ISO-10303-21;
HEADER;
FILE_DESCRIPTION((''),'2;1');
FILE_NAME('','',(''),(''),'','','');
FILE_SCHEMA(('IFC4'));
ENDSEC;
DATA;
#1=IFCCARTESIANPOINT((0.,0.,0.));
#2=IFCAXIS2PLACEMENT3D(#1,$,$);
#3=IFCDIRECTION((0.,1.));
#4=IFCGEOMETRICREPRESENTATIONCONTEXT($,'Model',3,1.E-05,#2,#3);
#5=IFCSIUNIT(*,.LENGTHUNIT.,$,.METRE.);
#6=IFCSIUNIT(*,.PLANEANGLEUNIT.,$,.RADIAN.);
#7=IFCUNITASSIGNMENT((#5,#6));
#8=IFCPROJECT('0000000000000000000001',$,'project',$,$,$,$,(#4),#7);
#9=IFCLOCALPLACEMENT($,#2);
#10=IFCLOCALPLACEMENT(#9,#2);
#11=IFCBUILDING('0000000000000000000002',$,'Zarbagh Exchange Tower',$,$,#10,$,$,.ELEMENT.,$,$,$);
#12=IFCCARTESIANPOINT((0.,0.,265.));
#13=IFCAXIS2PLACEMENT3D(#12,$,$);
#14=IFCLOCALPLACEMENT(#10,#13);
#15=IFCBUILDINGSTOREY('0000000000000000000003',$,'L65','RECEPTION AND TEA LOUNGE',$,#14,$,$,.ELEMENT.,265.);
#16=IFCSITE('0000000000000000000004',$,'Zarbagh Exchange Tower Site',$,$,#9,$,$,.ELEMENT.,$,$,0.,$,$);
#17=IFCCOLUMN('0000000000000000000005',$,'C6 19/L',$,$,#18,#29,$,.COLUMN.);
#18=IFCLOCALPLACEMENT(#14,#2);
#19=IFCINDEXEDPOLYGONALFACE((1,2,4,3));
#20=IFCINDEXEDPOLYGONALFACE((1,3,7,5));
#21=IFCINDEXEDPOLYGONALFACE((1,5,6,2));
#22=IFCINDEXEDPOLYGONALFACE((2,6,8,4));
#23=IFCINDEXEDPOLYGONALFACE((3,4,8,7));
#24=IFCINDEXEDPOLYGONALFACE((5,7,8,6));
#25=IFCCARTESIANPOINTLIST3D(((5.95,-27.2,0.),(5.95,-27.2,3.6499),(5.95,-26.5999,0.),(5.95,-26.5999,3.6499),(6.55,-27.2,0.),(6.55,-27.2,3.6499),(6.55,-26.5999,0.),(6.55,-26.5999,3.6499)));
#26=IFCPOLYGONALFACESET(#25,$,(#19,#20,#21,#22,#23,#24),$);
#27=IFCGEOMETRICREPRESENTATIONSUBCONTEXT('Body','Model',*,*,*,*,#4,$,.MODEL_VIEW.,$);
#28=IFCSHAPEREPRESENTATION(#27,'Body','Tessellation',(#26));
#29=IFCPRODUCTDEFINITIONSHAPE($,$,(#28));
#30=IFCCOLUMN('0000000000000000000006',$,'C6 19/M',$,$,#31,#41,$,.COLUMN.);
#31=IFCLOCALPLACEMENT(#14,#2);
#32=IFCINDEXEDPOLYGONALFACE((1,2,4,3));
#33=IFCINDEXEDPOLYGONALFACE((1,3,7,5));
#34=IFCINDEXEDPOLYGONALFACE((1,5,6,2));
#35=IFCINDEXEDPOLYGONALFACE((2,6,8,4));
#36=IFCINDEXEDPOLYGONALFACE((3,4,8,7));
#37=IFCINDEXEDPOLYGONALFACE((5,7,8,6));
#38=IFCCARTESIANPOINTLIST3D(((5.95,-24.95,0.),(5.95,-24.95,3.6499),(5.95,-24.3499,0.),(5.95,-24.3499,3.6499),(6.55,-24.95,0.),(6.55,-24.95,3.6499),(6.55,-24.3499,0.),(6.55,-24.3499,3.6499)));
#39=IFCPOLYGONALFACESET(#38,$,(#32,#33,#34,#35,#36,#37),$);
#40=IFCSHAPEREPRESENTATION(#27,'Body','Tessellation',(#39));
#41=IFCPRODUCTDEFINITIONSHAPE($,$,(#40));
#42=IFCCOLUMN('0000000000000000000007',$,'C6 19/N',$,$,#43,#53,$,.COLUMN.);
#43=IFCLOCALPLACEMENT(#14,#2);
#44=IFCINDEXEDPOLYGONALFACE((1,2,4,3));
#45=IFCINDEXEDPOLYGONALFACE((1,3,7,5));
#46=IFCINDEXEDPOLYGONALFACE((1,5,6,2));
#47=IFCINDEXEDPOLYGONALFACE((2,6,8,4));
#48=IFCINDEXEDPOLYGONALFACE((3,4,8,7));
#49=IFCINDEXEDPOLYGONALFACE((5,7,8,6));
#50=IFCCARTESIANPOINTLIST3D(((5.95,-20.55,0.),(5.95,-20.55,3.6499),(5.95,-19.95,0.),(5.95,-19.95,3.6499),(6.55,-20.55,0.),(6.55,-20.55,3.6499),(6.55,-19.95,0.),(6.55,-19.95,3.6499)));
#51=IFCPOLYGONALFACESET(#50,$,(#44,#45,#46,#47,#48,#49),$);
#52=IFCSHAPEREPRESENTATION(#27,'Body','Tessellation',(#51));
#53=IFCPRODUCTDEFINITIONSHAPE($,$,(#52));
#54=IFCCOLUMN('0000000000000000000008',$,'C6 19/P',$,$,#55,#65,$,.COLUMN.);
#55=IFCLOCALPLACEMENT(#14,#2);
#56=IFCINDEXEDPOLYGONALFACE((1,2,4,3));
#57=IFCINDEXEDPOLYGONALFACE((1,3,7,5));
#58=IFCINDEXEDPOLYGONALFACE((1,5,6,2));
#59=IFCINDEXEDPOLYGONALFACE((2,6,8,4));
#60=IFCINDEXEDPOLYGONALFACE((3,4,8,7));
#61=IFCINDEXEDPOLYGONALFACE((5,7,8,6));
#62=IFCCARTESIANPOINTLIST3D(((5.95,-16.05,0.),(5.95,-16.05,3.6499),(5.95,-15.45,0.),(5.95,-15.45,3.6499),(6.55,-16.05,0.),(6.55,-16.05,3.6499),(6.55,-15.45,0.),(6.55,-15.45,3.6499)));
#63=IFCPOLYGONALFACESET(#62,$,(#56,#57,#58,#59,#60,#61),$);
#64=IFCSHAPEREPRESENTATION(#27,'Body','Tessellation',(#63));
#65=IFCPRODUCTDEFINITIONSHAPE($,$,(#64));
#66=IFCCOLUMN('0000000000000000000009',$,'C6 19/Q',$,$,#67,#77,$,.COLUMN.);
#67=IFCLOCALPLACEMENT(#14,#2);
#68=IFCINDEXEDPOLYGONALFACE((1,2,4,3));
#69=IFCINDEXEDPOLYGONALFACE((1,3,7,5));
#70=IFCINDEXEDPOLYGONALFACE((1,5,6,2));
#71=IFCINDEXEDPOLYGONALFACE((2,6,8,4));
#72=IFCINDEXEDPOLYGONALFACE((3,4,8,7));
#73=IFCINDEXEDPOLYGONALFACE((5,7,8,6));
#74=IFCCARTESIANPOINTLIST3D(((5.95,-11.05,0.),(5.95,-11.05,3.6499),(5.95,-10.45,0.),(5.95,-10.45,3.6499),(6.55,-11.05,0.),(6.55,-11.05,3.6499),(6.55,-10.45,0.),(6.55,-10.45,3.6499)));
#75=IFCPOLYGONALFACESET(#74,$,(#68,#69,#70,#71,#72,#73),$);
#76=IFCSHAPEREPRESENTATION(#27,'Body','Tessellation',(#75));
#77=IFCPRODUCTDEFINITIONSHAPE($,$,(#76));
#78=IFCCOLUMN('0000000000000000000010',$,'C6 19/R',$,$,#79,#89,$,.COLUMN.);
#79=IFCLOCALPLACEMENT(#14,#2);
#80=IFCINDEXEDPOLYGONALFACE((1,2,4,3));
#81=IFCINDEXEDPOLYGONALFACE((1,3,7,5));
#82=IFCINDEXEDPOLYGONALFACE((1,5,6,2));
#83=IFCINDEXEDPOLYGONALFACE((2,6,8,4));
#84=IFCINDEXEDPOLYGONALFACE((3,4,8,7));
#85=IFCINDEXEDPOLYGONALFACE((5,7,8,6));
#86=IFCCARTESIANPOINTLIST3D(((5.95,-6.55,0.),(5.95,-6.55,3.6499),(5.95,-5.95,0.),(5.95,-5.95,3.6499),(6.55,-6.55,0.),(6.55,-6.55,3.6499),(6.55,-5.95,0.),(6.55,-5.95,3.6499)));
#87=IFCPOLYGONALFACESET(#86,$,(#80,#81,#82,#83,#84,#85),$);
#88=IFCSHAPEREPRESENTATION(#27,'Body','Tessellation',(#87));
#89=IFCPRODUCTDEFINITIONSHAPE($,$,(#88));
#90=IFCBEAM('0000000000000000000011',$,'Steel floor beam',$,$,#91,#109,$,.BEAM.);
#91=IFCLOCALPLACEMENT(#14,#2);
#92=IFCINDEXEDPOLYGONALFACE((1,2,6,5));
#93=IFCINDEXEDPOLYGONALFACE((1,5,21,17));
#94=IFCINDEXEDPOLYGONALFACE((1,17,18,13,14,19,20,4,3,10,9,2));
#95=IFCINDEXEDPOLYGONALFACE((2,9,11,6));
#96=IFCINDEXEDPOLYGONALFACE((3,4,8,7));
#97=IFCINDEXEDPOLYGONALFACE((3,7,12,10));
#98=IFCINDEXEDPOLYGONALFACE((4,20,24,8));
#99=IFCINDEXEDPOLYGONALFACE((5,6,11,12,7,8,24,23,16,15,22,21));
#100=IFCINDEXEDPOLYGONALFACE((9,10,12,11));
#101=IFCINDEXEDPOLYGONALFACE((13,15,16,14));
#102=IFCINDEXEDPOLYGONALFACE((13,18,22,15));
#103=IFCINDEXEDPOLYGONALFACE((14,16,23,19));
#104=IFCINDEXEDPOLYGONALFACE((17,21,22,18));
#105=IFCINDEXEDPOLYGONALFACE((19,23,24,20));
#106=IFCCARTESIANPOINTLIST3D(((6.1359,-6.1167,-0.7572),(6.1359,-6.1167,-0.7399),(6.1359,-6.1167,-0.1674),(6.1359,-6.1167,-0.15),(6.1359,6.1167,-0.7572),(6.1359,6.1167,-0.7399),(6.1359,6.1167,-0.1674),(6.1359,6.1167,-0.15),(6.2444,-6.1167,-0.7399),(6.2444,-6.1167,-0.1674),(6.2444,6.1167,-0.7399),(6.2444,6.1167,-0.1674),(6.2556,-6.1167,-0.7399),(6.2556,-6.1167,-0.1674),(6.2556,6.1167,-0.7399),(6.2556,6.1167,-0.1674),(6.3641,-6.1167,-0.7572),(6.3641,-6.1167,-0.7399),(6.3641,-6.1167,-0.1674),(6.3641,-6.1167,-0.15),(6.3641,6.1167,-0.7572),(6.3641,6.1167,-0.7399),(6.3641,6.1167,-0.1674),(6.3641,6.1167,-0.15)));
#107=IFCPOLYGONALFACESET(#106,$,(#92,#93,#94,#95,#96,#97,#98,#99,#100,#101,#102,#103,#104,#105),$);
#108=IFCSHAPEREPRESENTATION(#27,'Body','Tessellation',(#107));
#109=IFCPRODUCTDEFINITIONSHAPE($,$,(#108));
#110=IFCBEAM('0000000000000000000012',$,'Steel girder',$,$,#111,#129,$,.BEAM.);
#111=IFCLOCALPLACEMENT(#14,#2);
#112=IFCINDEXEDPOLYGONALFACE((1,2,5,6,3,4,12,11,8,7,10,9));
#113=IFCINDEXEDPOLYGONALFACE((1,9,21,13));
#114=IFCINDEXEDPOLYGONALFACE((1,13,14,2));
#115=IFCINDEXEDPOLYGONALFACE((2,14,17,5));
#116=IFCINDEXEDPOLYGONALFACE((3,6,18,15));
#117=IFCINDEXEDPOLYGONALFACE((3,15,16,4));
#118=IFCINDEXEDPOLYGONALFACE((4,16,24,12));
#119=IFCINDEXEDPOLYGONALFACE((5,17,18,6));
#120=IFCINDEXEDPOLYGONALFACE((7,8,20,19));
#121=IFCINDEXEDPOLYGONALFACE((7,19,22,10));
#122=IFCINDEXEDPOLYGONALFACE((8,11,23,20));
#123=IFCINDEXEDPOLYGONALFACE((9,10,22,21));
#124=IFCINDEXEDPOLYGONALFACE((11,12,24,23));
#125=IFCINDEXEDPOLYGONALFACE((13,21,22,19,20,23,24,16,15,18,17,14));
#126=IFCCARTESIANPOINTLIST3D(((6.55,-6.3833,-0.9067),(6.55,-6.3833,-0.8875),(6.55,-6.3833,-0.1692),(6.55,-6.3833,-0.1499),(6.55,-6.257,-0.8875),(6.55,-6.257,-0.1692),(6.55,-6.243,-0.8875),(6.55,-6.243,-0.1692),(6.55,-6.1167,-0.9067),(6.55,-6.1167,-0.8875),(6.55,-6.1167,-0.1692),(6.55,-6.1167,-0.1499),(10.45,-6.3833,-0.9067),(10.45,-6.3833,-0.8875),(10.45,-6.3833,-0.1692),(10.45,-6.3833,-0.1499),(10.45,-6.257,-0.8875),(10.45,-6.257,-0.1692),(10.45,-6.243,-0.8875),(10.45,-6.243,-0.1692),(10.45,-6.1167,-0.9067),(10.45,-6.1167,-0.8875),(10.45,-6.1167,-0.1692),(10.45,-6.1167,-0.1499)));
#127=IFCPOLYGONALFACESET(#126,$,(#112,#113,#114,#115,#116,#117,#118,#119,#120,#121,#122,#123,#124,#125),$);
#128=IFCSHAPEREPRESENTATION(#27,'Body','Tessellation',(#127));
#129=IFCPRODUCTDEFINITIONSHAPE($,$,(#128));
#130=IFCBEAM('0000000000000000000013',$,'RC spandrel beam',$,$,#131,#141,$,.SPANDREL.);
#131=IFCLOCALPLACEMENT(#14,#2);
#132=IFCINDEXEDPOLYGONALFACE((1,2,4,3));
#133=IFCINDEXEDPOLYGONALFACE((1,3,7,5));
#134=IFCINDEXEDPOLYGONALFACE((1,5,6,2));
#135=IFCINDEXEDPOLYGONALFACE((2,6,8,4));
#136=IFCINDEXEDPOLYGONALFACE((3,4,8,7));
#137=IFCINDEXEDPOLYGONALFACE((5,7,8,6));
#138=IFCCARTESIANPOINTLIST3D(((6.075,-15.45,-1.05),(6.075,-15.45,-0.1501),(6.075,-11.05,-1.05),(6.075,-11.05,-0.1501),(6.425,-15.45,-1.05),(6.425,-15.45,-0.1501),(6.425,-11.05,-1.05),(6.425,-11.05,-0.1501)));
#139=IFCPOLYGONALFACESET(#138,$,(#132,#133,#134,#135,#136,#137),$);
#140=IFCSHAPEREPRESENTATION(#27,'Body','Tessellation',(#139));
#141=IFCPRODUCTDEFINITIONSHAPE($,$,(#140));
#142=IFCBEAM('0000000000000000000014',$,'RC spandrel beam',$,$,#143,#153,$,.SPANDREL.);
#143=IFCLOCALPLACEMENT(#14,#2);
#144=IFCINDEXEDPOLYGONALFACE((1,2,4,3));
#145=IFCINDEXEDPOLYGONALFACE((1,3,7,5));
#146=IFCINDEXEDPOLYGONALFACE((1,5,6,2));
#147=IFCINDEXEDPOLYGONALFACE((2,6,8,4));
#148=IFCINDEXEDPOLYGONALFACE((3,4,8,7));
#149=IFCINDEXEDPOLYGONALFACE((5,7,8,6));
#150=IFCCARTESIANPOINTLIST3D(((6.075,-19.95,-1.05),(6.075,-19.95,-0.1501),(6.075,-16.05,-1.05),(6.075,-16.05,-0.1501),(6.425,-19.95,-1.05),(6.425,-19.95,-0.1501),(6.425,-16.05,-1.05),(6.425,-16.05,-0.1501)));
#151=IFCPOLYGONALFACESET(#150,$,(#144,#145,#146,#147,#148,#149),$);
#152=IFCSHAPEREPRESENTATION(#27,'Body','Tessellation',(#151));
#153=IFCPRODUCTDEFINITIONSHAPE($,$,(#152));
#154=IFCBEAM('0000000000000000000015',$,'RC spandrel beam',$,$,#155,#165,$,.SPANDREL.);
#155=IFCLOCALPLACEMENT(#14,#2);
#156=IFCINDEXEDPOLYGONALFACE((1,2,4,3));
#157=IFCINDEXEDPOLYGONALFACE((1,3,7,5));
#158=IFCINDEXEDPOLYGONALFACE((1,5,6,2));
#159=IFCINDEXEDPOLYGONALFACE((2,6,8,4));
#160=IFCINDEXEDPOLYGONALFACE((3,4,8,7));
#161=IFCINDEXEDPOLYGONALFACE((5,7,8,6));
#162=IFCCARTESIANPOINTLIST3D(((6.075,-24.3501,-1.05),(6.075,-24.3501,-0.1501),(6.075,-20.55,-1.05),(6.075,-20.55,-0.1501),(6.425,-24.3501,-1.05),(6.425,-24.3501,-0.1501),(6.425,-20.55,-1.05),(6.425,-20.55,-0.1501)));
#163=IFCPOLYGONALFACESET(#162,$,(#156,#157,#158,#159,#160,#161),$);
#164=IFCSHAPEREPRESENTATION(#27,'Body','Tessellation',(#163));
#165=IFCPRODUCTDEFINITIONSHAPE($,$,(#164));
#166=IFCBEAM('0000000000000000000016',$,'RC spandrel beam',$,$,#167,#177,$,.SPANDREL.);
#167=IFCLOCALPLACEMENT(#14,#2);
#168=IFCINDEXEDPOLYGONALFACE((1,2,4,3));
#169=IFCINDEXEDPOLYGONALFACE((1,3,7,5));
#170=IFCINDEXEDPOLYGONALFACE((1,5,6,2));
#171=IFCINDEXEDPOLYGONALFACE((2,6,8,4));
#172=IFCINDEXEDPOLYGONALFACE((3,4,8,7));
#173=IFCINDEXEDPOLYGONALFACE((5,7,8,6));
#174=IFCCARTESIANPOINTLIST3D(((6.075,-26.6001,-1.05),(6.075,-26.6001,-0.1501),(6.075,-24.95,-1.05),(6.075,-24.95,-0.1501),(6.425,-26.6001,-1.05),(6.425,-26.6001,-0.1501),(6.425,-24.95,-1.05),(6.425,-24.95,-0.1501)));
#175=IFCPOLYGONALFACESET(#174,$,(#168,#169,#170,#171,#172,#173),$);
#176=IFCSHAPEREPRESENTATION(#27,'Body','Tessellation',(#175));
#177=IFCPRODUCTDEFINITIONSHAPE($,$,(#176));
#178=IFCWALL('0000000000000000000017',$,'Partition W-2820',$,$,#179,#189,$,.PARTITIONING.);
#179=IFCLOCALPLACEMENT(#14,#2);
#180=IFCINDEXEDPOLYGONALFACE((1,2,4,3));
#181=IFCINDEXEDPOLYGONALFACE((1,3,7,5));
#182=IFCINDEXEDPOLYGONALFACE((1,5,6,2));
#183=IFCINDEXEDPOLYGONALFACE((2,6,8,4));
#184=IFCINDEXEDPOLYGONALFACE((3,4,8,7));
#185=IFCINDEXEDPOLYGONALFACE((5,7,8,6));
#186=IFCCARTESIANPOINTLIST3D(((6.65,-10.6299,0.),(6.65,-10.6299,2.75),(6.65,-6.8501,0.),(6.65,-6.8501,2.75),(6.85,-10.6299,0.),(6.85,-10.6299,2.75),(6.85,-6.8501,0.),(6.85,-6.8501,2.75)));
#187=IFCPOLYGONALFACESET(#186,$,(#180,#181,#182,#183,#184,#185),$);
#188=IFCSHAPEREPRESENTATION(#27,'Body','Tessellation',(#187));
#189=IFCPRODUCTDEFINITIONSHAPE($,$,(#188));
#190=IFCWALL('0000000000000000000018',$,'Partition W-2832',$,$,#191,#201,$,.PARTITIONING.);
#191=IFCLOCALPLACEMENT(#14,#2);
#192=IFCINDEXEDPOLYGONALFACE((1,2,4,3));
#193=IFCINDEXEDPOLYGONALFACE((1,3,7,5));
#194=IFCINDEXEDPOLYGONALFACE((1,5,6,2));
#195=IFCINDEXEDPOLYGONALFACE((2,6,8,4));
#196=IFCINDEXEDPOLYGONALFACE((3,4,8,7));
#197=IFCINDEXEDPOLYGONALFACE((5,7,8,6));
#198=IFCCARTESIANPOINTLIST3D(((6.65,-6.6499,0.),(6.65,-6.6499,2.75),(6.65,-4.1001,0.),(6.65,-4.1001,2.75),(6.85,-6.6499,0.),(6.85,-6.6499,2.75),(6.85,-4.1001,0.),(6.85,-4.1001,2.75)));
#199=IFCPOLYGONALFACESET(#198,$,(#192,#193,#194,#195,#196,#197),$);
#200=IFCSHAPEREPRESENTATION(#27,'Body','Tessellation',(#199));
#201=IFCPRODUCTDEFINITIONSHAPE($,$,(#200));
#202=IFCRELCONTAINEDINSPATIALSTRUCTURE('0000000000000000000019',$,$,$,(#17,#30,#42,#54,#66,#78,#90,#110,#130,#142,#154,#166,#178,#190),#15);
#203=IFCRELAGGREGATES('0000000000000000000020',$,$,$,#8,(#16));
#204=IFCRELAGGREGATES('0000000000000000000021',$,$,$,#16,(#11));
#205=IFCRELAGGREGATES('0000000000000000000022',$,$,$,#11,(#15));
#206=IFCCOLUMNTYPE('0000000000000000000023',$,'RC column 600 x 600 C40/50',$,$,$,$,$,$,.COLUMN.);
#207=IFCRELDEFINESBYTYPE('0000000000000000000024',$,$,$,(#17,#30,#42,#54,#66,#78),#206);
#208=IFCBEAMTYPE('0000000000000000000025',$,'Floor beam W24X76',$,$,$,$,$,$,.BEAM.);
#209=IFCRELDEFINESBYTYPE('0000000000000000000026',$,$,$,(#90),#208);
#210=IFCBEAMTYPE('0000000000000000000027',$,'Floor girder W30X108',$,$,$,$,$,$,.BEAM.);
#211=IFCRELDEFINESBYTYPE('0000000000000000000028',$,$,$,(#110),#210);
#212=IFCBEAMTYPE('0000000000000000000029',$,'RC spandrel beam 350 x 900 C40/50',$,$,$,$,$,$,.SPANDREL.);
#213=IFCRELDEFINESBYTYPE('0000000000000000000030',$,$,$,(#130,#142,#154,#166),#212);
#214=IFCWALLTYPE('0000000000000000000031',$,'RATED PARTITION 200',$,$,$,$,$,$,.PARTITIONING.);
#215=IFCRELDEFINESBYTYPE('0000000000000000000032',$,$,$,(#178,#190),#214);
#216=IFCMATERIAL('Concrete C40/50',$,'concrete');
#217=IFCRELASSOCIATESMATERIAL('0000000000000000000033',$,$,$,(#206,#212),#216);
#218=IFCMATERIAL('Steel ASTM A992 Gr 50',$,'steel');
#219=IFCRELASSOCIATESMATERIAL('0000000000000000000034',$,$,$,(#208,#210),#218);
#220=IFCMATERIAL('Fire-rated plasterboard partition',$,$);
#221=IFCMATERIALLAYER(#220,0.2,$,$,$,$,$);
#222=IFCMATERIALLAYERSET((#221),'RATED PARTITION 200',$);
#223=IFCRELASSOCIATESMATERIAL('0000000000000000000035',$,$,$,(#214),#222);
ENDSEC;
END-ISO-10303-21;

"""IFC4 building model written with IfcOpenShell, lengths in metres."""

from ifc_helpers import new_model, si_unit, direction, frame, frame_2d, origin, origin_2d, place, context, subcontext, project, spatial, rectangle, i_section, extrude, material, layer, layer_set, material_profile, profile_set, type_object, element, save


model = new_model("IFC4")

# Units and contexts
model_context = context("Model", 3, precision=1e-05, world=origin(), true_north=direction((0.0, 1.0)))
body_context = subcontext(model_context, "Body", "Model", "MODEL_VIEW")
ifc_project = project(units=[si_unit("LENGTHUNIT", "METRE"), si_unit("PLANEANGLEUNIT", "RADIAN")], contexts=[model_context])

# Site, building, storey
site_placement = place(None, origin())
site = spatial("IfcSite", under=ifc_project, at=site_placement, Name="Zarbagh Exchange Tower Site", CompositionType="ELEMENT", RefElevation=0.0)
building_placement = place(site_placement, origin())
building = spatial("IfcBuilding", under=site, at=building_placement, Name="Zarbagh Exchange Tower", CompositionType="ELEMENT")
storey_placement = place(building_placement, frame((0.0, 0.0, 265.0)))
storey = spatial("IfcBuildingStorey", under=building, at=storey_placement, Name="L65", Description="RECEPTION AND TEA LOUNGE", CompositionType="ELEMENT", Elevation=265.0)

# Columns
ifc_material_1 = material(Name="Concrete C40/50", Category="concrete")
ifc_material_profile_1 = material_profile(ifc_material_1, rectangle(XDim=0.6001, YDim=0.6001, at=origin_2d()), Name="RC column 600 x 600 C40/50")
ifc_profile_set_1 = profile_set([ifc_material_profile_1], Name="Concrete C40/50")
column_type = type_object("IfcColumnType", Name="RC column 600 x 600 C40/50", PredefinedType="COLUMN", material=ifc_profile_set_1)
for number, where, z_axis, x_axis, name in (
    (1, (6.25, -26.8999, 0.0), (0.0, 0.0, 1.0), (1.0, 0.0, 0.0), "C6 19/L"),
    (2, (6.25, -24.6499, 0.0), (0.0, 0.0, 1.0), (1.0, 0.0, 0.0), "C6 19/M"),
    (3, (6.25, -20.25, 0.0), (0.0, 0.0, 1.0), (1.0, 0.0, 0.0), "C6 19/N"),
    (4, (6.25, -15.75, 0.0), (0.0, 0.0, 1.0), (1.0, 0.0, 0.0), "C6 19/P"),
    (5, (6.25, -10.75, 0.0), (0.0, 0.0, 1.0), (1.0, 0.0, 0.0), "C6 19/Q"),
    (6, (6.25, -6.25, 0.0), (0.0, 0.0, 1.0), (1.0, 0.0, 0.0), "C6 19/R"),
):
    element("IfcColumn", number, at=place(storey_placement, frame(where, z_axis=z_axis, x_axis=x_axis)), inside=storey, type_object=column_type, Name=name, PredefinedType="COLUMN", context=body_context, shape_type="SweptSolid", body=[
        extrude(rectangle(XDim=0.6001, YDim=0.6001, at=origin_2d()), origin(), (0.0, 0.0, 1.0), 3.6499),
    ])

# Beams
ifc_material_2 = material(Name="Steel ASTM A992 Gr 50", Category="steel")
ifc_material_profile_2 = material_profile(ifc_material_2, i_section(OverallWidth=0.2283, OverallDepth=0.6072, WebThickness=0.0112, FlangeThickness=0.0173, at=origin_2d()), Name="W24X76")
ifc_profile_set_2 = profile_set([ifc_material_profile_2], Name="Steel ASTM A992 Gr 50")
beam_type_1 = type_object("IfcBeamType", Name="Floor beam W24X76", PredefinedType="BEAM", material=ifc_profile_set_2)
beam_1_placement = place(storey_placement, frame((6.25, -6.1167, -0.4536), z_axis=(0.0, 1.0, 0.0), x_axis=(-1.0, 0.0, 0.0)))
element("IfcBeam", 7, at=beam_1_placement, inside=storey, type_object=beam_type_1, Name="Steel floor beam", PredefinedType="BEAM", context=body_context, shape_type="SweptSolid", body=[
    extrude(i_section(OverallWidth=0.2283, OverallDepth=0.6072, WebThickness=0.0112, FlangeThickness=0.0173, at=origin_2d()), origin(), (0.0, 0.0, 1.0), 12.2334),
])
ifc_material_profile_3 = material_profile(ifc_material_2, i_section(OverallWidth=0.2666, OverallDepth=0.7568, WebThickness=0.0139, FlangeThickness=0.0193, at=origin_2d()), Name="W30X108")
ifc_profile_set_3 = profile_set([ifc_material_profile_3], Name="Steel ASTM A992 Gr 50")
beam_type_2 = type_object("IfcBeamType", Name="Floor girder W30X108", PredefinedType="BEAM", material=ifc_profile_set_3)
beam_2_placement = place(storey_placement, frame((6.55, -6.25, -0.5283), z_axis=(1.0, 0.0, 0.0), x_axis=(0.0, 1.0, 0.0)))
element("IfcBeam", 8, at=beam_2_placement, inside=storey, type_object=beam_type_2, Name="Steel girder", PredefinedType="BEAM", context=body_context, shape_type="SweptSolid", body=[
    extrude(i_section(OverallWidth=0.2666, OverallDepth=0.7568, WebThickness=0.0139, FlangeThickness=0.0193, at=origin_2d()), origin(), (0.0, 0.0, 1.0), 3.8999),
])
ifc_material_profile_4 = material_profile(ifc_material_1, rectangle(XDim=0.3501, YDim=0.8999, at=origin_2d()), Name="RC spandrel beam 350 x 900 C40/50")
ifc_profile_set_4 = profile_set([ifc_material_profile_4], Name="Concrete C40/50")
beam_type_3 = type_object("IfcBeamType", Name="RC spandrel beam 350 x 900 C40/50", PredefinedType="SPANDREL", material=ifc_profile_set_4)
beam_3_placement = place(storey_placement, frame((6.25, -11.05, -0.6001), z_axis=(0.0, -1.0, 0.0), x_axis=(1.0, 0.0, 0.0)))
element("IfcBeam", 9, at=beam_3_placement, inside=storey, type_object=beam_type_3, Name="RC spandrel beam", PredefinedType="SPANDREL", context=body_context, shape_type="SweptSolid", body=[
    extrude(rectangle(XDim=0.3501, YDim=0.8999, at=origin_2d()), origin(), (0.0, 0.0, 1.0), 4.3999),
])
beam_4_placement = place(storey_placement, frame((6.25, -16.05, -0.6001), z_axis=(0.0, -1.0, 0.0), x_axis=(1.0, 0.0, 0.0)))
element("IfcBeam", 10, at=beam_4_placement, inside=storey, type_object=beam_type_3, Name="RC spandrel beam", PredefinedType="SPANDREL", context=body_context, shape_type="SweptSolid", body=[
    extrude(rectangle(XDim=0.3501, YDim=0.8999, at=origin_2d()), origin(), (0.0, 0.0, 1.0), 3.8999),
])
beam_5_placement = place(storey_placement, frame((6.25, -20.55, -0.6001), z_axis=(0.0, -1.0, 0.0), x_axis=(1.0, 0.0, 0.0)))
element("IfcBeam", 11, at=beam_5_placement, inside=storey, type_object=beam_type_3, Name="RC spandrel beam", PredefinedType="SPANDREL", context=body_context, shape_type="SweptSolid", body=[
    extrude(rectangle(XDim=0.3501, YDim=0.8999, at=origin_2d()), origin(), (0.0, 0.0, 1.0), 3.8),
])
beam_6_placement = place(storey_placement, frame((6.25, -24.95, -0.6001), z_axis=(0.0, -1.0, 0.0), x_axis=(1.0, 0.0, 0.0)))
element("IfcBeam", 12, at=beam_6_placement, inside=storey, type_object=beam_type_3, Name="RC spandrel beam", PredefinedType="SPANDREL", context=body_context, shape_type="SweptSolid", body=[
    extrude(rectangle(XDim=0.3501, YDim=0.8999, at=origin_2d()), origin(), (0.0, 0.0, 1.0), 1.6501),
])

# Walls
ifc_material_3 = material(Name="Fire-rated plasterboard partition")
ifc_layer_1 = layer(ifc_material_3, 0.2)
ifc_layer_set_1 = layer_set([ifc_layer_1], Name="RATED PARTITION 200")
wall_type_1 = type_object("IfcWallType", Name="RATED PARTITION 200", PredefinedType="PARTITIONING", material=ifc_layer_set_1)
wall_1_placement = place(storey_placement, frame((6.75, -10.6299, 0.0), z_axis=(0.0, 0.0, 1.0), x_axis=(0.0, 1.0, 0.0)))
element("IfcWall", 13, at=wall_1_placement, inside=storey, type_object=wall_type_1, Name="Partition W-2820", PredefinedType="PARTITIONING", context=body_context, shape_type="SweptSolid", body=[
    extrude(rectangle(XDim=3.7798, YDim=0.2, at=frame_2d((1.8899, 0.0))), origin(), (0.0, 0.0, 1.0), 2.75),
])
wall_2_placement = place(storey_placement, frame((6.75, -6.6499, 0.0), z_axis=(0.0, 0.0, 1.0), x_axis=(0.0, 1.0, 0.0)))
element("IfcWall", 14, at=wall_2_placement, inside=storey, type_object=wall_type_1, Name="Partition W-2832", PredefinedType="PARTITIONING", context=body_context, shape_type="SweptSolid", body=[
    extrude(rectangle(XDim=2.5498, YDim=0.2, at=frame_2d((1.2749, 0.0))), origin(), (0.0, 0.0, 1.0), 2.75),
])

save(model, "model.ifc")
